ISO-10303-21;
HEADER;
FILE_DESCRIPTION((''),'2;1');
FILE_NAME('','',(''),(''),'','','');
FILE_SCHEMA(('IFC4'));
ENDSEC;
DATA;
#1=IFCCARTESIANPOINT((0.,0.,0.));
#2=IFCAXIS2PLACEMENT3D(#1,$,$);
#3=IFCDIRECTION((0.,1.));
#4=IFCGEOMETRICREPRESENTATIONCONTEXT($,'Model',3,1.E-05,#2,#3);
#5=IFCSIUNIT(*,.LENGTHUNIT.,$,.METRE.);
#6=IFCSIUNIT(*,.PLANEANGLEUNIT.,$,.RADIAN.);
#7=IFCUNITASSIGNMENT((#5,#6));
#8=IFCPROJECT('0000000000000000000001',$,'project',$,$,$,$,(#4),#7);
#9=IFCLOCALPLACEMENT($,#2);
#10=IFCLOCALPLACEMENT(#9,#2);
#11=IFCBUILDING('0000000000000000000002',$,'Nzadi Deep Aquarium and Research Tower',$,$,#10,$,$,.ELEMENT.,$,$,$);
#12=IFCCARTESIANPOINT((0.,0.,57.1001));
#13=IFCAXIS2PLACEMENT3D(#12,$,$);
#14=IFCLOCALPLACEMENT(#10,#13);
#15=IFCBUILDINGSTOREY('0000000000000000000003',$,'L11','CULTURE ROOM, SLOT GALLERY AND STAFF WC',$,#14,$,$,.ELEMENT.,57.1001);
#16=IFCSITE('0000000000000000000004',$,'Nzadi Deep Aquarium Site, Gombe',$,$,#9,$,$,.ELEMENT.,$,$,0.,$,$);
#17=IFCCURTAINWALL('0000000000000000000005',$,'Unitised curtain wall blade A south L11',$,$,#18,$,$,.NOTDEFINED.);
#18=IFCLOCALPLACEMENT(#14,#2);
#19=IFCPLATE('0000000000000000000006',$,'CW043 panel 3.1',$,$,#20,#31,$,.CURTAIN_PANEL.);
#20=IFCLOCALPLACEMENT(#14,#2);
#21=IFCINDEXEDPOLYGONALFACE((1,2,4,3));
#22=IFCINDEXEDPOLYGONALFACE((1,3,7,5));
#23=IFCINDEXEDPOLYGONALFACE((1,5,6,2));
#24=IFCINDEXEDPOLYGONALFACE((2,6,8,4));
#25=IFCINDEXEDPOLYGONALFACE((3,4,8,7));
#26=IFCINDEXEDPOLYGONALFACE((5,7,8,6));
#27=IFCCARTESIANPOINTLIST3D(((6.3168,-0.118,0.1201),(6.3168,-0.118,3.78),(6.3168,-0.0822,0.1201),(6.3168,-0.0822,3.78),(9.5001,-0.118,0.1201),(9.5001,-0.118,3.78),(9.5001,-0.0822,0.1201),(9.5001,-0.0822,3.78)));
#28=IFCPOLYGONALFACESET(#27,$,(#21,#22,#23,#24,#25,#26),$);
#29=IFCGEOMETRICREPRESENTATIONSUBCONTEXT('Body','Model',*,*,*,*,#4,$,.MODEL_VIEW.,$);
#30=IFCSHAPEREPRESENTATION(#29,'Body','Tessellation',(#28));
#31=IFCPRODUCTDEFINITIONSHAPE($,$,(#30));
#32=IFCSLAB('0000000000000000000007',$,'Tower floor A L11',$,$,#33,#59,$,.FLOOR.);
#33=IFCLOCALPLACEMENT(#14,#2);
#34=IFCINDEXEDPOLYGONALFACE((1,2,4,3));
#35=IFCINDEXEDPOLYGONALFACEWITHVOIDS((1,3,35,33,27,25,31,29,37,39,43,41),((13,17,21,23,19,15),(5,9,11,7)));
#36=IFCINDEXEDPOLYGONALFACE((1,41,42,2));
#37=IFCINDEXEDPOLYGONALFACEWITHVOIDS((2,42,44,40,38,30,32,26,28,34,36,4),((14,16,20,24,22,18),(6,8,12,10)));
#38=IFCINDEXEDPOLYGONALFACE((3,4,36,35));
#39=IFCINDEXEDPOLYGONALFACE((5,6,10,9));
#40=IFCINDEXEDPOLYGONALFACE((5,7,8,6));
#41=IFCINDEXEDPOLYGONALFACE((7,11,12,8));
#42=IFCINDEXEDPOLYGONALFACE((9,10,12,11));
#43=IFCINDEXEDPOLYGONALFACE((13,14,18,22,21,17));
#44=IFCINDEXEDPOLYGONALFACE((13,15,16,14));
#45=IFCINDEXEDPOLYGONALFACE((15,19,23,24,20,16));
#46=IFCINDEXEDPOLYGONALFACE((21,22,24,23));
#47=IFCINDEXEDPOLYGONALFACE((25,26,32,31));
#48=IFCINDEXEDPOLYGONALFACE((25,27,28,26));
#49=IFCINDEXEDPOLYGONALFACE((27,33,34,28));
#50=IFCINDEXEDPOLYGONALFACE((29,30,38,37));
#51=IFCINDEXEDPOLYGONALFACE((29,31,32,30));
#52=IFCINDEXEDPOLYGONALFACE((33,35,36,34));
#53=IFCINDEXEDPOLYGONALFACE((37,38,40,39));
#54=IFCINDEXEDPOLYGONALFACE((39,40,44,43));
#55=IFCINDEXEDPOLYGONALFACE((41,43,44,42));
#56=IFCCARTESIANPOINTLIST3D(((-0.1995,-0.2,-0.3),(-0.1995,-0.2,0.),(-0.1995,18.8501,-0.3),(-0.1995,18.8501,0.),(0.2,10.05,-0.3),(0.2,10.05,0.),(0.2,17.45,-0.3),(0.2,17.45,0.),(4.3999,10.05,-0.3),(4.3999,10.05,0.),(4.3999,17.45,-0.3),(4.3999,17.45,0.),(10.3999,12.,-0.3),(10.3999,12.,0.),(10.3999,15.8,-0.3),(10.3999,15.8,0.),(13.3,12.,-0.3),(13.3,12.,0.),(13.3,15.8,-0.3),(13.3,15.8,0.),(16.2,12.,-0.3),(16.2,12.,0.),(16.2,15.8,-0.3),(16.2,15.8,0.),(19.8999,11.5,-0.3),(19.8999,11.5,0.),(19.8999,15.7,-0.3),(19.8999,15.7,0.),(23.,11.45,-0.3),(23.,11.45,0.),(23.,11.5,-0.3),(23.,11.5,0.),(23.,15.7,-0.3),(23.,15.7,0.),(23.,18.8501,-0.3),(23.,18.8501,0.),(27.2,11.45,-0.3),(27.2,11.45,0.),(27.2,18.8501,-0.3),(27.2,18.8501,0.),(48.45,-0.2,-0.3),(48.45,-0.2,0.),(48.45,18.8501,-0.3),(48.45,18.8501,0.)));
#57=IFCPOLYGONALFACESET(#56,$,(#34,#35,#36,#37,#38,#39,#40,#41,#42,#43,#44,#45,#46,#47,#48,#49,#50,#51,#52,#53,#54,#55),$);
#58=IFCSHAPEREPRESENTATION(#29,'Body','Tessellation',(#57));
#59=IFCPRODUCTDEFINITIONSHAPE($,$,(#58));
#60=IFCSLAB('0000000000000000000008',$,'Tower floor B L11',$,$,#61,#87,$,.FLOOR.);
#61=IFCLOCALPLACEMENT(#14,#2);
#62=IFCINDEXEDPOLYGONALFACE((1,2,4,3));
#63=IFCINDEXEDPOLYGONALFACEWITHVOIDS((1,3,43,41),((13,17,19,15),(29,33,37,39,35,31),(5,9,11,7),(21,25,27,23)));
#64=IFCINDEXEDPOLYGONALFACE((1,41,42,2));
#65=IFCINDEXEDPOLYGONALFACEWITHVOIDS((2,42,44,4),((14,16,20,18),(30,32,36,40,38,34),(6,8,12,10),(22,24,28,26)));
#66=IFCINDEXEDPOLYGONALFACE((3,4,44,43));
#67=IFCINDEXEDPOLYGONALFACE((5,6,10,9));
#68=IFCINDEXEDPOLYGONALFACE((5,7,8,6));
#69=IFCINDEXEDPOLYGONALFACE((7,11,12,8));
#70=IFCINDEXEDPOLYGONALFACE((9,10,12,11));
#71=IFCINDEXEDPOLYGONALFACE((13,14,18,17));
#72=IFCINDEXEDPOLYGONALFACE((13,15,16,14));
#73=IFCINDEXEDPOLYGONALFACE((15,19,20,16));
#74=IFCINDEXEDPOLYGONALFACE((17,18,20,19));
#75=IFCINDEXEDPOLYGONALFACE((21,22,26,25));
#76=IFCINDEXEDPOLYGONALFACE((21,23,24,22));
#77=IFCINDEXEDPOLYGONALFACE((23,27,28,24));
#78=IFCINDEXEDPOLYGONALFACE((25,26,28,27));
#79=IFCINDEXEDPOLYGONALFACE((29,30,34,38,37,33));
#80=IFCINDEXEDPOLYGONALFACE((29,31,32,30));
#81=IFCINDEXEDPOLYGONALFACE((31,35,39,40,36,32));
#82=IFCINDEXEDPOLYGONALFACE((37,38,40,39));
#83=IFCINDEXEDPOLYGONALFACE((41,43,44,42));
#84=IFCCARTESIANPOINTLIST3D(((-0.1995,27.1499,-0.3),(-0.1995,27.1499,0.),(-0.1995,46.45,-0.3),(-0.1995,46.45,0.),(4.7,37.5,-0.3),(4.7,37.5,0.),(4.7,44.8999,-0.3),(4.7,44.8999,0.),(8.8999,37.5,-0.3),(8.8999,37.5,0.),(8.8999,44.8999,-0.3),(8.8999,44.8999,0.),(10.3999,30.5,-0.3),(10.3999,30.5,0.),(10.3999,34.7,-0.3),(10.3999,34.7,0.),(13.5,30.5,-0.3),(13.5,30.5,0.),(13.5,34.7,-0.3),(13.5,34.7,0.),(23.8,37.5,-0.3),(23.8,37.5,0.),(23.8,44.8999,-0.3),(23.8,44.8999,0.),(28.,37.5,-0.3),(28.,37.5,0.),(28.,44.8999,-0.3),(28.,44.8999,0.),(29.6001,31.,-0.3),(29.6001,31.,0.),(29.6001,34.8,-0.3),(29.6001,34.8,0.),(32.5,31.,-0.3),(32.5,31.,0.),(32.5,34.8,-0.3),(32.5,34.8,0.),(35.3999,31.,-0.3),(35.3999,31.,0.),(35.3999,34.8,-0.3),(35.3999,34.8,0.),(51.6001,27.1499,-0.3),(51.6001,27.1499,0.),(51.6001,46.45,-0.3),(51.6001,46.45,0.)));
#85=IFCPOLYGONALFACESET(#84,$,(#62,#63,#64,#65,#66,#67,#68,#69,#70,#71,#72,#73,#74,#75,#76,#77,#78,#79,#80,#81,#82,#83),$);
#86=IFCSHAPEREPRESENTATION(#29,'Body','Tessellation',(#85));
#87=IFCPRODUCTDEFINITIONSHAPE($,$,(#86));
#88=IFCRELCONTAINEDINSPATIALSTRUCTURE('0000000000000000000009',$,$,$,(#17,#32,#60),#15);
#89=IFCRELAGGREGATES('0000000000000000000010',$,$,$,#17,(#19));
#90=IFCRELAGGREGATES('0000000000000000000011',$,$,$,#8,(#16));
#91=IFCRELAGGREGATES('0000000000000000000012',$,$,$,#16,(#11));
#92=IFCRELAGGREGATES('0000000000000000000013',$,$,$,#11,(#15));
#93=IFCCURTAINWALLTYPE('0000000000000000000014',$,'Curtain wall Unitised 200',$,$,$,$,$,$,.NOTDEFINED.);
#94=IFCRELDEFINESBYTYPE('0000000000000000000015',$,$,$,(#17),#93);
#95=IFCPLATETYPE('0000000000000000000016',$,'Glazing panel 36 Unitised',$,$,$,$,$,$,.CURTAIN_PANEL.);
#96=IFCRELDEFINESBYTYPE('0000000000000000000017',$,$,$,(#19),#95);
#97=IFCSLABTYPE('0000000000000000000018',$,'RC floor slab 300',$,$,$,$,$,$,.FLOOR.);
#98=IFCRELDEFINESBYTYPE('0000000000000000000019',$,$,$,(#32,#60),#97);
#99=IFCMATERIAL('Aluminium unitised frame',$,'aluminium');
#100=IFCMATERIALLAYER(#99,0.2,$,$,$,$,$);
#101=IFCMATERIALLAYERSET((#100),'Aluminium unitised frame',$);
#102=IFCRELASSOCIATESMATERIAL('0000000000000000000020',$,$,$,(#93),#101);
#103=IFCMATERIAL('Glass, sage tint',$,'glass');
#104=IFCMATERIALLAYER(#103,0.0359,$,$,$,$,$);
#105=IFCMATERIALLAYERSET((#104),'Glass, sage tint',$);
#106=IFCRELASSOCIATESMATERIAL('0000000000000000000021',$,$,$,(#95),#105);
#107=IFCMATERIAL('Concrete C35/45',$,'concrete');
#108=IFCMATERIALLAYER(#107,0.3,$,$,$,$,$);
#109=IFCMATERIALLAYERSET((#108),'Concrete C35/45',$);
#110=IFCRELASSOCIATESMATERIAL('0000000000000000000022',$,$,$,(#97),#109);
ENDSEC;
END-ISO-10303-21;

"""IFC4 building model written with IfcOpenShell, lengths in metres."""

from ifc_helpers import new_model, si_unit, direction, frame, origin, origin_2d, place, context, subcontext, project, spatial, polyline, rectangle, outline, extrude, material, layer, layer_set, type_object, element, aggregate, save


model = new_model("IFC4")

# Units and contexts
model_context = context("Model", 3, precision=1e-05, world=origin(), true_north=direction((0.0, 1.0)))
body_context = subcontext(model_context, "Body", "Model", "MODEL_VIEW")
ifc_project = project(units=[si_unit("LENGTHUNIT", "METRE"), si_unit("PLANEANGLEUNIT", "RADIAN")], contexts=[model_context])

# Site, building, storey
site_placement = place(None, origin())
site = spatial("IfcSite", under=ifc_project, at=site_placement, Name="Nzadi Deep Aquarium Site, Gombe", CompositionType="ELEMENT", RefElevation=0.0)
building_placement = place(site_placement, origin())
building = spatial("IfcBuilding", under=site, at=building_placement, Name="Nzadi Deep Aquarium and Research Tower", CompositionType="ELEMENT")
storey_placement = place(building_placement, frame((0.0, 0.0, 57.1001)))
storey = spatial("IfcBuildingStorey", under=building, at=storey_placement, Name="L11", Description="CULTURE ROOM, SLOT GALLERY AND STAFF WC", CompositionType="ELEMENT", Elevation=57.1001)

# Curtain wall, plate
ifc_material_1 = material(Name="Aluminium unitised frame", Category="aluminium")
ifc_layer_1 = layer(ifc_material_1, 0.2)
ifc_layer_set_1 = layer_set([ifc_layer_1], Name="Aluminium unitised frame")
curtain_wall_type = type_object("IfcCurtainWallType", Name="Curtain wall Unitised 200", PredefinedType="NOTDEFINED", material=ifc_layer_set_1)
curtain_wall_placement = place(storey_placement, origin())
curtain_wall = element("IfcCurtainWall", 1, at=curtain_wall_placement, inside=storey, type_object=curtain_wall_type, Name="Unitised curtain wall blade A south L11", PredefinedType="NOTDEFINED")
ifc_material_2 = material(Name="Glass, sage tint", Category="glass")
ifc_layer_2 = layer(ifc_material_2, 0.0359)
ifc_layer_set_2 = layer_set([ifc_layer_2], Name="Glass, sage tint")
plate_type = type_object("IfcPlateType", Name="Glazing panel 36 Unitised", PredefinedType="CURTAIN_PANEL", material=ifc_layer_set_2)
plate_1_placement = place(storey_placement, frame((7.9084, -0.1001, 0.1201), z_axis=(0.0, 0.0, 1.0), x_axis=(1.0, 0.0, 0.0)))
plate_1 = element("IfcPlate", 2, at=plate_1_placement, type_object=plate_type, Name="CW043 panel 3.1", PredefinedType="CURTAIN_PANEL", context=body_context, shape_type="SweptSolid", body=[
    extrude(rectangle(XDim=3.1833, YDim=0.0359, at=origin_2d()), origin(), (0.0, 0.0, 1.0), 3.6599),
])
aggregate(curtain_wall, [plate_1])

# Slabs
ifc_material_3 = material(Name="Concrete C35/45", Category="concrete")
ifc_layer_3 = layer(ifc_material_3, 0.3)
ifc_layer_set_3 = layer_set([ifc_layer_3], Name="Concrete C35/45")
slab_type = type_object("IfcSlabType", Name="RC floor slab 300", PredefinedType="FLOOR", material=ifc_layer_set_3)
slab_1_placement = place(storey_placement, frame((0.0, 0.0, -0.3)))
element("IfcSlab", 3, at=slab_1_placement, inside=storey, type_object=slab_type, Name="Tower floor A L11", PredefinedType="FLOOR", context=body_context, shape_type="SweptSolid", body=[
    extrude(outline(polyline([(27.2, 11.45), (23.0, 11.45), (23.0, 11.5), (19.8999, 11.5), (19.8999, 15.7), (23.0, 15.7), (23.0, 18.8501), (-0.1995, 18.8501), (-0.1995, -0.2), (48.45, -0.2), (48.45, 18.8501), (27.2, 18.8501), (27.2, 11.45)]), holes=[polyline([(4.3999, 17.45), (4.3999, 10.05), (0.2, 10.05), (0.2, 17.45), (4.3999, 17.45)]), polyline([(10.3999, 12.0), (10.3999, 15.8), (13.3, 15.8), (16.2, 15.8), (16.2, 12.0), (13.3, 12.0), (10.3999, 12.0)])]), origin(), (0.0, 0.0, 1.0), 0.3),
])
slab_2_placement = place(storey_placement, frame((0.0, 0.0, -0.3)))
element("IfcSlab", 4, at=slab_2_placement, inside=storey, type_object=slab_type, Name="Tower floor B L11", PredefinedType="FLOOR", context=body_context, shape_type="SweptSolid", body=[
    extrude(outline(polyline([(-0.1995, 27.1499), (51.6001, 27.1499), (51.6001, 46.45), (-0.1995, 46.45), (-0.1995, 27.1499)]), holes=[polyline([(8.8999, 44.8999), (8.8999, 37.5), (4.7, 37.5), (4.7, 44.8999), (8.8999, 44.8999)]), polyline([(28.0, 37.5), (23.8, 37.5), (23.8, 44.8999), (28.0, 44.8999), (28.0, 37.5)]), polyline([(10.3999, 30.5), (10.3999, 34.7), (13.5, 34.7), (13.5, 30.5), (10.3999, 30.5)]), polyline([(29.6001, 34.8), (32.5, 34.8), (35.3999, 34.8), (35.3999, 31.0), (32.5, 31.0), (29.6001, 31.0), (29.6001, 34.8)])]), origin(), (0.0, 0.0, 1.0), 0.3),
])

save(model, "model.ifc")
